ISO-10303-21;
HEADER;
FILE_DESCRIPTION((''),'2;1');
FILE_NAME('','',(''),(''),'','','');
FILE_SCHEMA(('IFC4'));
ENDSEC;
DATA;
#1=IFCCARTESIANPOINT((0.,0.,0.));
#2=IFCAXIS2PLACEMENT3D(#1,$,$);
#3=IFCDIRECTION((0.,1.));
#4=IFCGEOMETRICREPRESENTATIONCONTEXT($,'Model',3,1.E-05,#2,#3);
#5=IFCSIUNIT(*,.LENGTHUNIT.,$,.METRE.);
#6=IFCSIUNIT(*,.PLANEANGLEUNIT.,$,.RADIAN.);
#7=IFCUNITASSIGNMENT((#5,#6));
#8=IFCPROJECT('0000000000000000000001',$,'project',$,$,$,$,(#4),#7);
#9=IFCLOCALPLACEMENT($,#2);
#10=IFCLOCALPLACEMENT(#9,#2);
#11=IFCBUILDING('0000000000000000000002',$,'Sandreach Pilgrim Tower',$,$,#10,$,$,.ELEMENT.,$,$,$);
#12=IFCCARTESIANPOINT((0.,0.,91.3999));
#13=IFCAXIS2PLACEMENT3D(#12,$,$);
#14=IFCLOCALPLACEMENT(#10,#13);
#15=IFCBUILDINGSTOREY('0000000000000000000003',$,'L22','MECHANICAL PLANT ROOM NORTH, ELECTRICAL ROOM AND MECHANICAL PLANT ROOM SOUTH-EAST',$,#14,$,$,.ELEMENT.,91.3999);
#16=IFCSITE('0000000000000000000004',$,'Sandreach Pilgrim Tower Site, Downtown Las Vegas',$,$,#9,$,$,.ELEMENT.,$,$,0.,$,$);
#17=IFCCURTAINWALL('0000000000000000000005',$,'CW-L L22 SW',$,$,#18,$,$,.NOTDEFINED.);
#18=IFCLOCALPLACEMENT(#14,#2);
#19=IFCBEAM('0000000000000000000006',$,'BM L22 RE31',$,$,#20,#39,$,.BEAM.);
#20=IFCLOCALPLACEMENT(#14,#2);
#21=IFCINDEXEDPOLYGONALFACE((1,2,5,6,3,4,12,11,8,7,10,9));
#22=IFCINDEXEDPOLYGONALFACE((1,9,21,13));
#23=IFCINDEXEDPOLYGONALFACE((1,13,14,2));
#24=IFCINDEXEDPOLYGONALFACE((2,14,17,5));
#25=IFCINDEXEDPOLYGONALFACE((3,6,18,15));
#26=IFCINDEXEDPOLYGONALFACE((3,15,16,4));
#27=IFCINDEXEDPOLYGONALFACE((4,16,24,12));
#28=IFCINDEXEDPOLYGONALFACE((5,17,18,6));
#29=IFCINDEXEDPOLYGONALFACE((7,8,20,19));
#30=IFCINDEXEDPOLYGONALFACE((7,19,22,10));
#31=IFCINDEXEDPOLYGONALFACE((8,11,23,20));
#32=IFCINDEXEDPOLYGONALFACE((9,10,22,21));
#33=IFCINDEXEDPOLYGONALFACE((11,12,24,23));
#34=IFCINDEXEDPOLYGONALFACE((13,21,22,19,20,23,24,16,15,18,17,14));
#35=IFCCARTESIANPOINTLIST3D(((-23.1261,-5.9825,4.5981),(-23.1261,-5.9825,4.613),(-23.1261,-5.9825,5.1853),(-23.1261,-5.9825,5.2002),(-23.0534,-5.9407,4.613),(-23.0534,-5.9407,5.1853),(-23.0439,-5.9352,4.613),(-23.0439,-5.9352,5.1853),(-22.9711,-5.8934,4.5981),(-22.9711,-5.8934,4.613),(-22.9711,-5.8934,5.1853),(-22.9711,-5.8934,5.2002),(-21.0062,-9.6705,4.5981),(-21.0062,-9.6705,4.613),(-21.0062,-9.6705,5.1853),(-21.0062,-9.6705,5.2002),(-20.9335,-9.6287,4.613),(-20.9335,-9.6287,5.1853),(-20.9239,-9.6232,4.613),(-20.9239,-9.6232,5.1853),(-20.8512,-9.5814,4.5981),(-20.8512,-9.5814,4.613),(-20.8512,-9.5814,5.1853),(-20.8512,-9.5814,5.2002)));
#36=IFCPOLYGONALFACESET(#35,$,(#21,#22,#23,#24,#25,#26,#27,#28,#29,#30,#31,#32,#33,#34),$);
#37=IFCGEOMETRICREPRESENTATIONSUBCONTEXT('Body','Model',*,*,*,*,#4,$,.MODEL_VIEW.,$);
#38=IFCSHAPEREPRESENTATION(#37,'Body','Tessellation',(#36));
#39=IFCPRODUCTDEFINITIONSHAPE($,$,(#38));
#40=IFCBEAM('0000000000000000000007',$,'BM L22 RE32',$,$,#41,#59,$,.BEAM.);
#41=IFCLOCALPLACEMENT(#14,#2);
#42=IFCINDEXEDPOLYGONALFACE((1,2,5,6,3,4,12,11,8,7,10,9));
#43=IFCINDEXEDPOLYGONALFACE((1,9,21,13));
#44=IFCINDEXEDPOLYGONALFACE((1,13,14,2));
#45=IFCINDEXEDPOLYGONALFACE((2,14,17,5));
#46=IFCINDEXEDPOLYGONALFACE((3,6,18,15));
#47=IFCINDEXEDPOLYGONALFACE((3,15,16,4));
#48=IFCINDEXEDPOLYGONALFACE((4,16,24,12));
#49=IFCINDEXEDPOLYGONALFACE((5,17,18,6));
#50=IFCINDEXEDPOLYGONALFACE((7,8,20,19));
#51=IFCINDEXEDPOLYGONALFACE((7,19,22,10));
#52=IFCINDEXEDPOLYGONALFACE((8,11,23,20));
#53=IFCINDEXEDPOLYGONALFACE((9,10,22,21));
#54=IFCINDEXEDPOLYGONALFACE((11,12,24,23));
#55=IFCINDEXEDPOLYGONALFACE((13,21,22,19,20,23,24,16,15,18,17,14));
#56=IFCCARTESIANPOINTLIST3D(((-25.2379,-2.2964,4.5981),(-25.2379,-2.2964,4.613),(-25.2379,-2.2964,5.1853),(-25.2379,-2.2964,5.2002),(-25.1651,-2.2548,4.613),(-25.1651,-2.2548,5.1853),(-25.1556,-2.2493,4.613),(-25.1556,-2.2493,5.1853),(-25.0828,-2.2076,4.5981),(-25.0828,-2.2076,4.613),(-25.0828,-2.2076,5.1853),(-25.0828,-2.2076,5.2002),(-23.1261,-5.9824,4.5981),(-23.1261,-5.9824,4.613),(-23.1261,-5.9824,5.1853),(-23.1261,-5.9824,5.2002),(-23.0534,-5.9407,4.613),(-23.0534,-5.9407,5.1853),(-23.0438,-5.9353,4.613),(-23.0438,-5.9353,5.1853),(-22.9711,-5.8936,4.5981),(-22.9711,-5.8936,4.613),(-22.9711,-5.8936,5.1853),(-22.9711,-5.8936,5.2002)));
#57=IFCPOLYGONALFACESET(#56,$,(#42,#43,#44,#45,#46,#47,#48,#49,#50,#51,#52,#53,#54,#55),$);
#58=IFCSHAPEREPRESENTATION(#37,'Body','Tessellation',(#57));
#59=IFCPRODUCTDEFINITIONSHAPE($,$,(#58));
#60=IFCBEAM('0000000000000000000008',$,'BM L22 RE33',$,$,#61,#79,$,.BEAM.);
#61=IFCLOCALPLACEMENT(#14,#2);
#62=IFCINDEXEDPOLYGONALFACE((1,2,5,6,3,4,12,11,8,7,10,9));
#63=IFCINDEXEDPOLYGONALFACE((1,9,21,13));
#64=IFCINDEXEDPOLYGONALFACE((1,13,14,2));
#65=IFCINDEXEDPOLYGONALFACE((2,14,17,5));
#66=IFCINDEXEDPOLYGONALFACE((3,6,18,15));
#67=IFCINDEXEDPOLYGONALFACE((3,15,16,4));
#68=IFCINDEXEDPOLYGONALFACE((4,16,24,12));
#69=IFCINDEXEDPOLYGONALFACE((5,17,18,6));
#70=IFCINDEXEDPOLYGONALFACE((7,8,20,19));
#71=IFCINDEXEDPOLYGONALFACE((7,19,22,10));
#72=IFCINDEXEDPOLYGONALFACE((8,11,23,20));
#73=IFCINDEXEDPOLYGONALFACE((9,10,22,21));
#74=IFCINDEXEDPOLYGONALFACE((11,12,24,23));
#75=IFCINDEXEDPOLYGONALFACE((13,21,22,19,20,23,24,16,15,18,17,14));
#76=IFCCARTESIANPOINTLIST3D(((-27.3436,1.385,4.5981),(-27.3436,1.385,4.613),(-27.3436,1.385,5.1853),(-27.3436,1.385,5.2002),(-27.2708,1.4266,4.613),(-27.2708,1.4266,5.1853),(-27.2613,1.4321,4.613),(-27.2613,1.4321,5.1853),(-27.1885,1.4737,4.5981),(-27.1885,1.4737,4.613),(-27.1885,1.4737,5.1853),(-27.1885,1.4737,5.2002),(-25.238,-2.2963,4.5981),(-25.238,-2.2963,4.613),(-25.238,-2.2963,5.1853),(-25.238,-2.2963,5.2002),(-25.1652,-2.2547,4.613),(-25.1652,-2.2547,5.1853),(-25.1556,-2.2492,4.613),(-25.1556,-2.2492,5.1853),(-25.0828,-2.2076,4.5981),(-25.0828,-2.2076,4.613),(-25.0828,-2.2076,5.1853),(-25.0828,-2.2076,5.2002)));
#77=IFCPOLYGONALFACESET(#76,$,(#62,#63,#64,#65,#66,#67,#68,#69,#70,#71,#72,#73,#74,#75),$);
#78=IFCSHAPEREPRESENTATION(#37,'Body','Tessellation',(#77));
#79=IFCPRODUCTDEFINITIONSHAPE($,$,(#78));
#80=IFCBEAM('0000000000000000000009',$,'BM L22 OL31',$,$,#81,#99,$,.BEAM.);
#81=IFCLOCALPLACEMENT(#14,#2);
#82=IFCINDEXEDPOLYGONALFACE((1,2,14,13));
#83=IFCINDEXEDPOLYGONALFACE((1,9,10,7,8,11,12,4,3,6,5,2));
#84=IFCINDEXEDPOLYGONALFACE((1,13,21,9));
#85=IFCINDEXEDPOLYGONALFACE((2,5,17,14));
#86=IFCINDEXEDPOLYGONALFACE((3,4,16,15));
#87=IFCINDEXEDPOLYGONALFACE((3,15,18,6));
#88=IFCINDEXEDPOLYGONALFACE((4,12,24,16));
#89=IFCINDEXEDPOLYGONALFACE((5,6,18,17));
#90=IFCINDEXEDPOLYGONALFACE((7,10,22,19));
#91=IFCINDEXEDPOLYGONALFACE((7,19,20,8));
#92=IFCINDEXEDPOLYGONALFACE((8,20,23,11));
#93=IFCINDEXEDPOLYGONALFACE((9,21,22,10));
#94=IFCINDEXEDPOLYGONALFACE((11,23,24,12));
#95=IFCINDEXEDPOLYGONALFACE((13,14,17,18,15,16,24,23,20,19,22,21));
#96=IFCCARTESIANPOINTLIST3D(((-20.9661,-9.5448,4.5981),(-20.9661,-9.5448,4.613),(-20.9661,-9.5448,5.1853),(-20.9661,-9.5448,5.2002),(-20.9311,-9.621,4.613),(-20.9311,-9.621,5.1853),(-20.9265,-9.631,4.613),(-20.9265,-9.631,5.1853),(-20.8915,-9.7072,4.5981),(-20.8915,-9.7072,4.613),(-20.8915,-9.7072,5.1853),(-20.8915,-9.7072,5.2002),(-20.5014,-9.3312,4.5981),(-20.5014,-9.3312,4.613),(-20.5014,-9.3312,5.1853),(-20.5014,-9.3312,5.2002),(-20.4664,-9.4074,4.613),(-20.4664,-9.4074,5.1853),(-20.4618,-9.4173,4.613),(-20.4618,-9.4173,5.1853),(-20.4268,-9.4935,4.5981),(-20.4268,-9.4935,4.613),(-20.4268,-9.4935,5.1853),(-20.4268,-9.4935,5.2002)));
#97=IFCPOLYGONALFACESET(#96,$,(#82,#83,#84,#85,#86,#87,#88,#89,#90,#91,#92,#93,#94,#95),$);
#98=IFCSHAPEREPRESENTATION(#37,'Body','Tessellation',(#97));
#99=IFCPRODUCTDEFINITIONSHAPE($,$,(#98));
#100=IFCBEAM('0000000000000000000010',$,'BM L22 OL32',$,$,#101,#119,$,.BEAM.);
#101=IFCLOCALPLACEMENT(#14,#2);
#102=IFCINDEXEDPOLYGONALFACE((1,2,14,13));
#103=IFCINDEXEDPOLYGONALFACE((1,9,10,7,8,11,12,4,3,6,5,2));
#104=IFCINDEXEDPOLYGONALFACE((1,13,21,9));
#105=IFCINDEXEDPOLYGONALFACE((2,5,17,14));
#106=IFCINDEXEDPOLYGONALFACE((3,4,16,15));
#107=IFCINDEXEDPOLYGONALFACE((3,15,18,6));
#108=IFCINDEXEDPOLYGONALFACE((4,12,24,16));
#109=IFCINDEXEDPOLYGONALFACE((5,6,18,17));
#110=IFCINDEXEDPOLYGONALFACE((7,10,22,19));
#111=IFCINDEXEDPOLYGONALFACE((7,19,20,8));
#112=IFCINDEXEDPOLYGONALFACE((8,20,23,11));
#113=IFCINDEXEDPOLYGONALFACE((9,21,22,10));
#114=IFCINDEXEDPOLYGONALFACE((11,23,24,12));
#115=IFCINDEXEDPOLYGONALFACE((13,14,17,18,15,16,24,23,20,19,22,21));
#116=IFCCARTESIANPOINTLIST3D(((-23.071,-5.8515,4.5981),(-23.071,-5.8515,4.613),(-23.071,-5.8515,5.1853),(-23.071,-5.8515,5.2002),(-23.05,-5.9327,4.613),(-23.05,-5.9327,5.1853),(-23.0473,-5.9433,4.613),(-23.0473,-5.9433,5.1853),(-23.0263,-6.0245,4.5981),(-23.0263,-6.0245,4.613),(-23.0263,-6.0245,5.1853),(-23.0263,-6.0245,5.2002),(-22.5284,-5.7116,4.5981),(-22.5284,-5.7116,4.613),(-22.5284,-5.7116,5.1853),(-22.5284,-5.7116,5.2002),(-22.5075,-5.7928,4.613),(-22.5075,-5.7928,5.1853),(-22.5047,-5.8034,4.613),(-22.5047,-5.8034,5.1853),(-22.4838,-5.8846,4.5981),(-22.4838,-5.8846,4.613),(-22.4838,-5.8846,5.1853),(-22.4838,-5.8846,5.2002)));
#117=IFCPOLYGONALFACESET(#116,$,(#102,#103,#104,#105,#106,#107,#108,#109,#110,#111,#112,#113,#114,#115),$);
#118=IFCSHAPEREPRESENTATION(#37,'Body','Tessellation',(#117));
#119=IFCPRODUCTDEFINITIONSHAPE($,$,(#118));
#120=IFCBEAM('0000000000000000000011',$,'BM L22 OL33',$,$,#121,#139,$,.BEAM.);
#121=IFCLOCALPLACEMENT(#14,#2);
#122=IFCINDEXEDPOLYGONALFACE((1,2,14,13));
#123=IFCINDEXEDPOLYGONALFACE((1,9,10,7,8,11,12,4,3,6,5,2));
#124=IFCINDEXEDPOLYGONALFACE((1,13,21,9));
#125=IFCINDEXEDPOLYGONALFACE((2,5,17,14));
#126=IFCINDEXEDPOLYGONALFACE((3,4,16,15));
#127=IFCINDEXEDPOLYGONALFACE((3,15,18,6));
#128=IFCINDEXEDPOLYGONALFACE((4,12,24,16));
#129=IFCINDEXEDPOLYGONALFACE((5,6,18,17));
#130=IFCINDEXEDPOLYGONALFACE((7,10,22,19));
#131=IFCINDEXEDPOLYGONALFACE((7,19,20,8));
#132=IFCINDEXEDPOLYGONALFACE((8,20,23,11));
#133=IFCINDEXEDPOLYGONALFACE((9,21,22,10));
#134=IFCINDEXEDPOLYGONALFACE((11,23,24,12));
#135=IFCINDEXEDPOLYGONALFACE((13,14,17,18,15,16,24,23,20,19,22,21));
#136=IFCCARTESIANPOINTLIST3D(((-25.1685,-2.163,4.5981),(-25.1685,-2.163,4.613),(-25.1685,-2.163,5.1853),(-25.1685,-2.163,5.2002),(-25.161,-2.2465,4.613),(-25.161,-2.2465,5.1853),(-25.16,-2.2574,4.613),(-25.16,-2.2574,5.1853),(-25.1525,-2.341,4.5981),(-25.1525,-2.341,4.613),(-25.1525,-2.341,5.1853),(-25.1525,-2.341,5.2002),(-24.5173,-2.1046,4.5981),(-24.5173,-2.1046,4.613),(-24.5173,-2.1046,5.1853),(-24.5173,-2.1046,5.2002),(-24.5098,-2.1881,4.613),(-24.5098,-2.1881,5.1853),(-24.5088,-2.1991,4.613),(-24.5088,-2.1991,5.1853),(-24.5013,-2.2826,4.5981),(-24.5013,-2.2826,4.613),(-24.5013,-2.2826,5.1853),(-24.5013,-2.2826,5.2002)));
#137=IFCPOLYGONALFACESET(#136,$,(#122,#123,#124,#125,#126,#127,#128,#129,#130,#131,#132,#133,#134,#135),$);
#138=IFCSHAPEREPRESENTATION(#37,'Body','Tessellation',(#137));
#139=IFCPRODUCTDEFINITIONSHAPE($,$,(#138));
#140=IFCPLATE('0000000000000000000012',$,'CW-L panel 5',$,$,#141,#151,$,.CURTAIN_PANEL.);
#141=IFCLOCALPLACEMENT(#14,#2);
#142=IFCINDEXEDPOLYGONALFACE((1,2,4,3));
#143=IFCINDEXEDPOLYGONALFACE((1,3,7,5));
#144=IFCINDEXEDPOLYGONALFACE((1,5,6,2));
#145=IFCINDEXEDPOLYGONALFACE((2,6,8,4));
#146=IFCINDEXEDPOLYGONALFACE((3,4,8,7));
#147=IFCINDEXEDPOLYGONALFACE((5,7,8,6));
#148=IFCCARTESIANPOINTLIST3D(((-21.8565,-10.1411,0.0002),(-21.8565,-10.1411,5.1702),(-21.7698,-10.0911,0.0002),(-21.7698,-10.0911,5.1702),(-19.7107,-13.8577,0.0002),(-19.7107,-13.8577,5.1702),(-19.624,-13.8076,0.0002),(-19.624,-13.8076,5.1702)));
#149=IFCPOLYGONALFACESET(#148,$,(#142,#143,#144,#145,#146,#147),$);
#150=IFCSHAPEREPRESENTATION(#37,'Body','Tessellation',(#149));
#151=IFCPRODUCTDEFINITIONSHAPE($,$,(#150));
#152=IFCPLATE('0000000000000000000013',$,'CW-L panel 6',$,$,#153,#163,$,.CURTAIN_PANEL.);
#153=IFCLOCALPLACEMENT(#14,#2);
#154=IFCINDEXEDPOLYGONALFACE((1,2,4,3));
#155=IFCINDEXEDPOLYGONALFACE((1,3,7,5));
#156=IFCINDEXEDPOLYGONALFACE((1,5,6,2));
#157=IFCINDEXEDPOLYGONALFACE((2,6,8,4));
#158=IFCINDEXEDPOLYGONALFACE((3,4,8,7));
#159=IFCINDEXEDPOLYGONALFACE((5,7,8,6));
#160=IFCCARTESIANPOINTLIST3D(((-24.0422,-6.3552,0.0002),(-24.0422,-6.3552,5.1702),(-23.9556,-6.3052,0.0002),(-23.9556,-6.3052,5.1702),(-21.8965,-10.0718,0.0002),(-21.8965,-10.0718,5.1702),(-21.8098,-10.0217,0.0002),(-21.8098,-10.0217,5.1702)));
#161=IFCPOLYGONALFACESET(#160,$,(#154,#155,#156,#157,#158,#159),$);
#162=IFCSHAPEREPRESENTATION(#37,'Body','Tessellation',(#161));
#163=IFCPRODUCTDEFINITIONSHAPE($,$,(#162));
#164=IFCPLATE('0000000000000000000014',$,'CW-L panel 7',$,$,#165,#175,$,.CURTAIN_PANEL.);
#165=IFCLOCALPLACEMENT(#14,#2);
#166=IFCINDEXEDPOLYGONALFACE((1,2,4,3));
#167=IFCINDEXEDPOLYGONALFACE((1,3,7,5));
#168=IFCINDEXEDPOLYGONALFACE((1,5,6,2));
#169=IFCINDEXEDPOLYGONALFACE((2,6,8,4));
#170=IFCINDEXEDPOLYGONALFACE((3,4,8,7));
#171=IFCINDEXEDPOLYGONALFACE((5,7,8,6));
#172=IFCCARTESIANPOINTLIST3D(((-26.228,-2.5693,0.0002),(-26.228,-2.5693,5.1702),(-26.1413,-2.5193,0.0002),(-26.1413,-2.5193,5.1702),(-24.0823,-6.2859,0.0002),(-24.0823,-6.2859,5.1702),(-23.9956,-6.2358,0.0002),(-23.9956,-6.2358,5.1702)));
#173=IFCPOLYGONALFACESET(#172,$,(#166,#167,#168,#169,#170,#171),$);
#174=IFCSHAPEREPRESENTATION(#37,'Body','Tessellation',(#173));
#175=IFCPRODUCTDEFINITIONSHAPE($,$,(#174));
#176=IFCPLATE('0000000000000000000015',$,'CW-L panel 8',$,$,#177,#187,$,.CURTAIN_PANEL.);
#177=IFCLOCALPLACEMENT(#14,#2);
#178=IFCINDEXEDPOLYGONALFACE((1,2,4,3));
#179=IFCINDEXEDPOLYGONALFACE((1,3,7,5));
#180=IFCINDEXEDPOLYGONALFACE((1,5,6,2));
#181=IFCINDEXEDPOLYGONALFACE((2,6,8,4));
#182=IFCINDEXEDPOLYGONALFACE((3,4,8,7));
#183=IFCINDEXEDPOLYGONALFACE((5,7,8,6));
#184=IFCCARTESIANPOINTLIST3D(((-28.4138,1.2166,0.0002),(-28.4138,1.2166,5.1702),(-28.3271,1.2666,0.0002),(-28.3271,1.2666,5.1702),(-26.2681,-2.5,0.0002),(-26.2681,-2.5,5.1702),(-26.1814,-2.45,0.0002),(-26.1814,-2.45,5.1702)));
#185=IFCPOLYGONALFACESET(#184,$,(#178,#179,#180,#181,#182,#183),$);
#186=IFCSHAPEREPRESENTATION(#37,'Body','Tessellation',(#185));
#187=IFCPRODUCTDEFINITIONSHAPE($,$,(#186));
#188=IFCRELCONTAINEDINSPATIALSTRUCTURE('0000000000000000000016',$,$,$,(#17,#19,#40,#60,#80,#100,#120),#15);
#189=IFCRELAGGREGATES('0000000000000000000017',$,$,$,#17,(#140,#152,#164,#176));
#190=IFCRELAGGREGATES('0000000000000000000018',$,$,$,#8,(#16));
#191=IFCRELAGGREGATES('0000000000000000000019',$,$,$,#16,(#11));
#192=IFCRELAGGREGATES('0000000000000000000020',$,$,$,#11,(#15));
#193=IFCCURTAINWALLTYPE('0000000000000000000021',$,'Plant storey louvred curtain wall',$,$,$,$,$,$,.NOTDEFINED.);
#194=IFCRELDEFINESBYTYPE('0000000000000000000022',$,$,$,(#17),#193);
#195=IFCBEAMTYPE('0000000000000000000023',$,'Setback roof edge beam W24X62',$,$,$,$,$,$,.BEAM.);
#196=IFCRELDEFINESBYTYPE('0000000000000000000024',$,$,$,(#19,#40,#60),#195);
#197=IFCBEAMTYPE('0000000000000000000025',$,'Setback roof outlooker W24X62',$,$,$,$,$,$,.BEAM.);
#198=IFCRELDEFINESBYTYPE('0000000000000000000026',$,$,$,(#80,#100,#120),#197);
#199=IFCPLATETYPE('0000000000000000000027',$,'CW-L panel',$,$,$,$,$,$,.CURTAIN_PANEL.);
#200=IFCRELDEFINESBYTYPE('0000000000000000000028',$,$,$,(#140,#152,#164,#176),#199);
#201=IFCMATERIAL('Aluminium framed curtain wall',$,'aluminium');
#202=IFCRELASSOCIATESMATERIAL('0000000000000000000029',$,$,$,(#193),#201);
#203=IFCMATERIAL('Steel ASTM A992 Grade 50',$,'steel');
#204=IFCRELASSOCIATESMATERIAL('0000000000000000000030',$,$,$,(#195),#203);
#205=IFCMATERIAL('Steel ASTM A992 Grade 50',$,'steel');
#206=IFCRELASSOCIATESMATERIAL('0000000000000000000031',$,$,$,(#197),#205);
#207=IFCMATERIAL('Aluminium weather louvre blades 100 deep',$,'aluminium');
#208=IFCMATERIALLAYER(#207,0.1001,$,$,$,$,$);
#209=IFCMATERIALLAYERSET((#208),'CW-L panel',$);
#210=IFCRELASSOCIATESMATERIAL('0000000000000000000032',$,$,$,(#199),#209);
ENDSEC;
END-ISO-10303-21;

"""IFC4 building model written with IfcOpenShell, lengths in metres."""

from ifc_helpers import new_model, si_unit, direction, frame, origin, origin_2d, place, context, subcontext, project, spatial, rectangle, i_section, extrude, material, layer, layer_set, material_profile, profile_set, type_object, element, aggregate, save


model = new_model("IFC4")

# Units and contexts
model_context = context("Model", 3, precision=1e-05, world=origin(), true_north=direction((0.0, 1.0)))
body_context = subcontext(model_context, "Body", "Model", "MODEL_VIEW")
ifc_project = project(units=[si_unit("LENGTHUNIT", "METRE"), si_unit("PLANEANGLEUNIT", "RADIAN")], contexts=[model_context])

# Site, building, storey
site_placement = place(None, origin())
site = spatial("IfcSite", under=ifc_project, at=site_placement, Name="Sandreach Pilgrim Tower Site, Downtown Las Vegas", CompositionType="ELEMENT", RefElevation=0.0)
building_placement = place(site_placement, origin())
building = spatial("IfcBuilding", under=site, at=building_placement, Name="Sandreach Pilgrim Tower", CompositionType="ELEMENT")
storey_placement = place(building_placement, frame((0.0, 0.0, 91.3999)))
storey = spatial("IfcBuildingStorey", under=building, at=storey_placement, Name="L22", Description="MECHANICAL PLANT ROOM NORTH, ELECTRICAL ROOM AND MECHANICAL PLANT ROOM SOUTH-EAST", CompositionType="ELEMENT", Elevation=91.3999)

# Curtain wall
ifc_material_1 = material(Name="Aluminium framed curtain wall", Category="aluminium")
curtain_wall_type = type_object("IfcCurtainWallType", Name="Plant storey louvred curtain wall", PredefinedType="NOTDEFINED", material=ifc_material_1)
curtain_wall_placement = place(storey_placement, origin())
curtain_wall = element("IfcCurtainWall", 1, at=curtain_wall_placement, inside=storey, type_object=curtain_wall_type, Name="CW-L L22 SW", PredefinedType="NOTDEFINED")

# Beams
ifc_material_2 = material(Name="Steel ASTM A992 Grade 50", Category="steel")
ifc_material_profile_1 = material_profile(ifc_material_2, i_section(OverallWidth=0.1787, OverallDepth=0.6021, WebThickness=0.011, FlangeThickness=0.0149, at=origin_2d()), Name="W24X62")
ifc_profile_set_1 = profile_set([ifc_material_profile_1], Name="Steel ASTM A992 Grade 50")
beam_type_1 = type_object("IfcBeamType", Name="Setback roof edge beam W24X62", PredefinedType="BEAM", material=ifc_profile_set_1)
beam_1_placement = place(storey_placement, frame((-20.9287, -9.626, 4.8992), z_axis=(-0.498344, 0.866979, 0.0), x_axis=(-0.866979, -0.498344, 0.0)))
element("IfcBeam", 2, at=beam_1_placement, inside=storey, type_object=beam_type_1, Name="BM L22 RE31", PredefinedType="BEAM", context=body_context, shape_type="SweptSolid", body=[
    extrude(i_section(OverallWidth=0.1787, OverallDepth=0.6021, WebThickness=0.011, FlangeThickness=0.0149, at=origin_2d()), origin(), (0.0, 0.0, 1.0), 4.2539),
])
beam_2_placement = place(storey_placement, frame((-23.0486, -5.938, 4.8992), z_axis=(-0.497116, 0.867684, 0.0), x_axis=(-0.867684, -0.497116, 0.0)))
element("IfcBeam", 3, at=beam_2_placement, inside=storey, type_object=beam_type_1, Name="BM L22 RE32", PredefinedType="BEAM", context=body_context, shape_type="SweptSolid", body=[
    extrude(i_section(OverallWidth=0.1787, OverallDepth=0.6021, WebThickness=0.011, FlangeThickness=0.0149, at=origin_2d()), origin(), (0.0, 0.0, 1.0), 4.248),
])
beam_3_placement = place(storey_placement, frame((-25.1604, -2.252, 4.8992), z_axis=(-0.496505, 0.868034, 0.0), x_axis=(-0.868034, -0.496505, 0.0)))
element("IfcBeam", 4, at=beam_3_placement, inside=storey, type_object=beam_type_1, Name="BM L22 RE33", PredefinedType="BEAM", context=body_context, shape_type="SweptSolid", body=[
    extrude(i_section(OverallWidth=0.1787, OverallDepth=0.6021, WebThickness=0.011, FlangeThickness=0.0149, at=origin_2d()), origin(), (0.0, 0.0, 1.0), 4.241),
])
ifc_material_3 = material(Name="Steel ASTM A992 Grade 50", Category="steel")
ifc_material_profile_2 = material_profile(ifc_material_3, i_section(OverallWidth=0.1787, OverallDepth=0.6021, WebThickness=0.011, FlangeThickness=0.0149, at=origin_2d()), Name="W24X62")
ifc_profile_set_2 = profile_set([ifc_material_profile_2], Name="Steel ASTM A992 Grade 50")
beam_type_2 = type_object("IfcBeamType", Name="Setback roof outlooker W24X62", PredefinedType="BEAM", material=ifc_profile_set_2)
beam_4_placement = place(storey_placement, frame((-20.4641, -9.4124, 4.8992), z_axis=(-0.908559, -0.417756, 0.0), x_axis=(0.417756, -0.908559, 0.0)))
element("IfcBeam", 5, at=beam_4_placement, inside=storey, type_object=beam_type_2, Name="BM L22 OL31", PredefinedType="BEAM", context=body_context, shape_type="SweptSolid", body=[
    extrude(i_section(OverallWidth=0.1787, OverallDepth=0.6021, WebThickness=0.011, FlangeThickness=0.0149, at=origin_2d()), origin(), (0.0, 0.0, 1.0), 0.5115),
])
beam_5_placement = place(storey_placement, frame((-22.5061, -5.7981, 4.8992), z_axis=(-0.968322, -0.249707, 0.0), x_axis=(0.249707, -0.968322, 0.0)))
element("IfcBeam", 6, at=beam_5_placement, inside=storey, type_object=beam_type_2, Name="BM L22 OL32", PredefinedType="BEAM", context=body_context, shape_type="SweptSolid", body=[
    extrude(i_section(OverallWidth=0.1787, OverallDepth=0.6021, WebThickness=0.011, FlangeThickness=0.0149, at=origin_2d()), origin(), (0.0, 0.0, 1.0), 0.5603),
])
beam_6_placement = place(storey_placement, frame((-24.5093, -2.1936, 4.8992), z_axis=(-0.996009, -0.089256, 0.0), x_axis=(0.089256, -0.996009, 0.0)))
element("IfcBeam", 7, at=beam_6_placement, inside=storey, type_object=beam_type_2, Name="BM L22 OL33", PredefinedType="BEAM", context=body_context, shape_type="SweptSolid", body=[
    extrude(i_section(OverallWidth=0.1787, OverallDepth=0.6021, WebThickness=0.011, FlangeThickness=0.0149, at=origin_2d()), origin(), (0.0, 0.0, 1.0), 0.6538),
])

# Plates
ifc_material_4 = material(Name="Aluminium weather louvre blades 100 deep", Category="aluminium")
ifc_layer = layer(ifc_material_4, 0.1001)
ifc_layer_set = layer_set([ifc_layer], Name="CW-L panel")
plate_type = type_object("IfcPlateType", Name="CW-L panel", PredefinedType="CURTAIN_PANEL", material=ifc_layer_set)
plate_1_placement = place(storey_placement, frame((-20.7402, -11.9744, 0.0002), z_axis=(0.0, 0.0, 1.0), x_axis=(-0.5, 0.866025, 0.0)))
plate_1 = element("IfcPlate", 8, at=plate_1_placement, type_object=plate_type, Name="CW-L panel 5", PredefinedType="CURTAIN_PANEL", context=body_context, shape_type="SweptSolid", body=[
    extrude(rectangle(XDim=4.2915, YDim=0.1001, at=origin_2d()), origin(), (0.0, 0.0, 1.0), 5.1699),
])
plate_2_placement = place(storey_placement, frame((-22.926, -8.1885, 0.0002), z_axis=(0.0, 0.0, 1.0), x_axis=(-0.5, 0.866025, 0.0)))
plate_2 = element("IfcPlate", 9, at=plate_2_placement, type_object=plate_type, Name="CW-L panel 6", PredefinedType="CURTAIN_PANEL", context=body_context, shape_type="SweptSolid", body=[
    extrude(rectangle(XDim=4.2915, YDim=0.1001, at=origin_2d()), origin(), (0.0, 0.0, 1.0), 5.1699),
])
plate_3_placement = place(storey_placement, frame((-25.1118, -4.4026, 0.0002), z_axis=(0.0, 0.0, 1.0), x_axis=(-0.5, 0.866025, 0.0)))
plate_3 = element("IfcPlate", 10, at=plate_3_placement, type_object=plate_type, Name="CW-L panel 7", PredefinedType="CURTAIN_PANEL", context=body_context, shape_type="SweptSolid", body=[
    extrude(rectangle(XDim=4.2915, YDim=0.1001, at=origin_2d()), origin(), (0.0, 0.0, 1.0), 5.1699),
])
plate_4_placement = place(storey_placement, frame((-27.2976, -0.6167, 0.0002), z_axis=(0.0, 0.0, 1.0), x_axis=(-0.5, 0.866025, 0.0)))
plate_4 = element("IfcPlate", 11, at=plate_4_placement, type_object=plate_type, Name="CW-L panel 8", PredefinedType="CURTAIN_PANEL", context=body_context, shape_type="SweptSolid", body=[
    extrude(rectangle(XDim=4.2915, YDim=0.1001, at=origin_2d()), origin(), (0.0, 0.0, 1.0), 5.1699),
])
aggregate(curtain_wall, [plate_1, plate_2, plate_3, plate_4])

save(model, "model.ifc")
